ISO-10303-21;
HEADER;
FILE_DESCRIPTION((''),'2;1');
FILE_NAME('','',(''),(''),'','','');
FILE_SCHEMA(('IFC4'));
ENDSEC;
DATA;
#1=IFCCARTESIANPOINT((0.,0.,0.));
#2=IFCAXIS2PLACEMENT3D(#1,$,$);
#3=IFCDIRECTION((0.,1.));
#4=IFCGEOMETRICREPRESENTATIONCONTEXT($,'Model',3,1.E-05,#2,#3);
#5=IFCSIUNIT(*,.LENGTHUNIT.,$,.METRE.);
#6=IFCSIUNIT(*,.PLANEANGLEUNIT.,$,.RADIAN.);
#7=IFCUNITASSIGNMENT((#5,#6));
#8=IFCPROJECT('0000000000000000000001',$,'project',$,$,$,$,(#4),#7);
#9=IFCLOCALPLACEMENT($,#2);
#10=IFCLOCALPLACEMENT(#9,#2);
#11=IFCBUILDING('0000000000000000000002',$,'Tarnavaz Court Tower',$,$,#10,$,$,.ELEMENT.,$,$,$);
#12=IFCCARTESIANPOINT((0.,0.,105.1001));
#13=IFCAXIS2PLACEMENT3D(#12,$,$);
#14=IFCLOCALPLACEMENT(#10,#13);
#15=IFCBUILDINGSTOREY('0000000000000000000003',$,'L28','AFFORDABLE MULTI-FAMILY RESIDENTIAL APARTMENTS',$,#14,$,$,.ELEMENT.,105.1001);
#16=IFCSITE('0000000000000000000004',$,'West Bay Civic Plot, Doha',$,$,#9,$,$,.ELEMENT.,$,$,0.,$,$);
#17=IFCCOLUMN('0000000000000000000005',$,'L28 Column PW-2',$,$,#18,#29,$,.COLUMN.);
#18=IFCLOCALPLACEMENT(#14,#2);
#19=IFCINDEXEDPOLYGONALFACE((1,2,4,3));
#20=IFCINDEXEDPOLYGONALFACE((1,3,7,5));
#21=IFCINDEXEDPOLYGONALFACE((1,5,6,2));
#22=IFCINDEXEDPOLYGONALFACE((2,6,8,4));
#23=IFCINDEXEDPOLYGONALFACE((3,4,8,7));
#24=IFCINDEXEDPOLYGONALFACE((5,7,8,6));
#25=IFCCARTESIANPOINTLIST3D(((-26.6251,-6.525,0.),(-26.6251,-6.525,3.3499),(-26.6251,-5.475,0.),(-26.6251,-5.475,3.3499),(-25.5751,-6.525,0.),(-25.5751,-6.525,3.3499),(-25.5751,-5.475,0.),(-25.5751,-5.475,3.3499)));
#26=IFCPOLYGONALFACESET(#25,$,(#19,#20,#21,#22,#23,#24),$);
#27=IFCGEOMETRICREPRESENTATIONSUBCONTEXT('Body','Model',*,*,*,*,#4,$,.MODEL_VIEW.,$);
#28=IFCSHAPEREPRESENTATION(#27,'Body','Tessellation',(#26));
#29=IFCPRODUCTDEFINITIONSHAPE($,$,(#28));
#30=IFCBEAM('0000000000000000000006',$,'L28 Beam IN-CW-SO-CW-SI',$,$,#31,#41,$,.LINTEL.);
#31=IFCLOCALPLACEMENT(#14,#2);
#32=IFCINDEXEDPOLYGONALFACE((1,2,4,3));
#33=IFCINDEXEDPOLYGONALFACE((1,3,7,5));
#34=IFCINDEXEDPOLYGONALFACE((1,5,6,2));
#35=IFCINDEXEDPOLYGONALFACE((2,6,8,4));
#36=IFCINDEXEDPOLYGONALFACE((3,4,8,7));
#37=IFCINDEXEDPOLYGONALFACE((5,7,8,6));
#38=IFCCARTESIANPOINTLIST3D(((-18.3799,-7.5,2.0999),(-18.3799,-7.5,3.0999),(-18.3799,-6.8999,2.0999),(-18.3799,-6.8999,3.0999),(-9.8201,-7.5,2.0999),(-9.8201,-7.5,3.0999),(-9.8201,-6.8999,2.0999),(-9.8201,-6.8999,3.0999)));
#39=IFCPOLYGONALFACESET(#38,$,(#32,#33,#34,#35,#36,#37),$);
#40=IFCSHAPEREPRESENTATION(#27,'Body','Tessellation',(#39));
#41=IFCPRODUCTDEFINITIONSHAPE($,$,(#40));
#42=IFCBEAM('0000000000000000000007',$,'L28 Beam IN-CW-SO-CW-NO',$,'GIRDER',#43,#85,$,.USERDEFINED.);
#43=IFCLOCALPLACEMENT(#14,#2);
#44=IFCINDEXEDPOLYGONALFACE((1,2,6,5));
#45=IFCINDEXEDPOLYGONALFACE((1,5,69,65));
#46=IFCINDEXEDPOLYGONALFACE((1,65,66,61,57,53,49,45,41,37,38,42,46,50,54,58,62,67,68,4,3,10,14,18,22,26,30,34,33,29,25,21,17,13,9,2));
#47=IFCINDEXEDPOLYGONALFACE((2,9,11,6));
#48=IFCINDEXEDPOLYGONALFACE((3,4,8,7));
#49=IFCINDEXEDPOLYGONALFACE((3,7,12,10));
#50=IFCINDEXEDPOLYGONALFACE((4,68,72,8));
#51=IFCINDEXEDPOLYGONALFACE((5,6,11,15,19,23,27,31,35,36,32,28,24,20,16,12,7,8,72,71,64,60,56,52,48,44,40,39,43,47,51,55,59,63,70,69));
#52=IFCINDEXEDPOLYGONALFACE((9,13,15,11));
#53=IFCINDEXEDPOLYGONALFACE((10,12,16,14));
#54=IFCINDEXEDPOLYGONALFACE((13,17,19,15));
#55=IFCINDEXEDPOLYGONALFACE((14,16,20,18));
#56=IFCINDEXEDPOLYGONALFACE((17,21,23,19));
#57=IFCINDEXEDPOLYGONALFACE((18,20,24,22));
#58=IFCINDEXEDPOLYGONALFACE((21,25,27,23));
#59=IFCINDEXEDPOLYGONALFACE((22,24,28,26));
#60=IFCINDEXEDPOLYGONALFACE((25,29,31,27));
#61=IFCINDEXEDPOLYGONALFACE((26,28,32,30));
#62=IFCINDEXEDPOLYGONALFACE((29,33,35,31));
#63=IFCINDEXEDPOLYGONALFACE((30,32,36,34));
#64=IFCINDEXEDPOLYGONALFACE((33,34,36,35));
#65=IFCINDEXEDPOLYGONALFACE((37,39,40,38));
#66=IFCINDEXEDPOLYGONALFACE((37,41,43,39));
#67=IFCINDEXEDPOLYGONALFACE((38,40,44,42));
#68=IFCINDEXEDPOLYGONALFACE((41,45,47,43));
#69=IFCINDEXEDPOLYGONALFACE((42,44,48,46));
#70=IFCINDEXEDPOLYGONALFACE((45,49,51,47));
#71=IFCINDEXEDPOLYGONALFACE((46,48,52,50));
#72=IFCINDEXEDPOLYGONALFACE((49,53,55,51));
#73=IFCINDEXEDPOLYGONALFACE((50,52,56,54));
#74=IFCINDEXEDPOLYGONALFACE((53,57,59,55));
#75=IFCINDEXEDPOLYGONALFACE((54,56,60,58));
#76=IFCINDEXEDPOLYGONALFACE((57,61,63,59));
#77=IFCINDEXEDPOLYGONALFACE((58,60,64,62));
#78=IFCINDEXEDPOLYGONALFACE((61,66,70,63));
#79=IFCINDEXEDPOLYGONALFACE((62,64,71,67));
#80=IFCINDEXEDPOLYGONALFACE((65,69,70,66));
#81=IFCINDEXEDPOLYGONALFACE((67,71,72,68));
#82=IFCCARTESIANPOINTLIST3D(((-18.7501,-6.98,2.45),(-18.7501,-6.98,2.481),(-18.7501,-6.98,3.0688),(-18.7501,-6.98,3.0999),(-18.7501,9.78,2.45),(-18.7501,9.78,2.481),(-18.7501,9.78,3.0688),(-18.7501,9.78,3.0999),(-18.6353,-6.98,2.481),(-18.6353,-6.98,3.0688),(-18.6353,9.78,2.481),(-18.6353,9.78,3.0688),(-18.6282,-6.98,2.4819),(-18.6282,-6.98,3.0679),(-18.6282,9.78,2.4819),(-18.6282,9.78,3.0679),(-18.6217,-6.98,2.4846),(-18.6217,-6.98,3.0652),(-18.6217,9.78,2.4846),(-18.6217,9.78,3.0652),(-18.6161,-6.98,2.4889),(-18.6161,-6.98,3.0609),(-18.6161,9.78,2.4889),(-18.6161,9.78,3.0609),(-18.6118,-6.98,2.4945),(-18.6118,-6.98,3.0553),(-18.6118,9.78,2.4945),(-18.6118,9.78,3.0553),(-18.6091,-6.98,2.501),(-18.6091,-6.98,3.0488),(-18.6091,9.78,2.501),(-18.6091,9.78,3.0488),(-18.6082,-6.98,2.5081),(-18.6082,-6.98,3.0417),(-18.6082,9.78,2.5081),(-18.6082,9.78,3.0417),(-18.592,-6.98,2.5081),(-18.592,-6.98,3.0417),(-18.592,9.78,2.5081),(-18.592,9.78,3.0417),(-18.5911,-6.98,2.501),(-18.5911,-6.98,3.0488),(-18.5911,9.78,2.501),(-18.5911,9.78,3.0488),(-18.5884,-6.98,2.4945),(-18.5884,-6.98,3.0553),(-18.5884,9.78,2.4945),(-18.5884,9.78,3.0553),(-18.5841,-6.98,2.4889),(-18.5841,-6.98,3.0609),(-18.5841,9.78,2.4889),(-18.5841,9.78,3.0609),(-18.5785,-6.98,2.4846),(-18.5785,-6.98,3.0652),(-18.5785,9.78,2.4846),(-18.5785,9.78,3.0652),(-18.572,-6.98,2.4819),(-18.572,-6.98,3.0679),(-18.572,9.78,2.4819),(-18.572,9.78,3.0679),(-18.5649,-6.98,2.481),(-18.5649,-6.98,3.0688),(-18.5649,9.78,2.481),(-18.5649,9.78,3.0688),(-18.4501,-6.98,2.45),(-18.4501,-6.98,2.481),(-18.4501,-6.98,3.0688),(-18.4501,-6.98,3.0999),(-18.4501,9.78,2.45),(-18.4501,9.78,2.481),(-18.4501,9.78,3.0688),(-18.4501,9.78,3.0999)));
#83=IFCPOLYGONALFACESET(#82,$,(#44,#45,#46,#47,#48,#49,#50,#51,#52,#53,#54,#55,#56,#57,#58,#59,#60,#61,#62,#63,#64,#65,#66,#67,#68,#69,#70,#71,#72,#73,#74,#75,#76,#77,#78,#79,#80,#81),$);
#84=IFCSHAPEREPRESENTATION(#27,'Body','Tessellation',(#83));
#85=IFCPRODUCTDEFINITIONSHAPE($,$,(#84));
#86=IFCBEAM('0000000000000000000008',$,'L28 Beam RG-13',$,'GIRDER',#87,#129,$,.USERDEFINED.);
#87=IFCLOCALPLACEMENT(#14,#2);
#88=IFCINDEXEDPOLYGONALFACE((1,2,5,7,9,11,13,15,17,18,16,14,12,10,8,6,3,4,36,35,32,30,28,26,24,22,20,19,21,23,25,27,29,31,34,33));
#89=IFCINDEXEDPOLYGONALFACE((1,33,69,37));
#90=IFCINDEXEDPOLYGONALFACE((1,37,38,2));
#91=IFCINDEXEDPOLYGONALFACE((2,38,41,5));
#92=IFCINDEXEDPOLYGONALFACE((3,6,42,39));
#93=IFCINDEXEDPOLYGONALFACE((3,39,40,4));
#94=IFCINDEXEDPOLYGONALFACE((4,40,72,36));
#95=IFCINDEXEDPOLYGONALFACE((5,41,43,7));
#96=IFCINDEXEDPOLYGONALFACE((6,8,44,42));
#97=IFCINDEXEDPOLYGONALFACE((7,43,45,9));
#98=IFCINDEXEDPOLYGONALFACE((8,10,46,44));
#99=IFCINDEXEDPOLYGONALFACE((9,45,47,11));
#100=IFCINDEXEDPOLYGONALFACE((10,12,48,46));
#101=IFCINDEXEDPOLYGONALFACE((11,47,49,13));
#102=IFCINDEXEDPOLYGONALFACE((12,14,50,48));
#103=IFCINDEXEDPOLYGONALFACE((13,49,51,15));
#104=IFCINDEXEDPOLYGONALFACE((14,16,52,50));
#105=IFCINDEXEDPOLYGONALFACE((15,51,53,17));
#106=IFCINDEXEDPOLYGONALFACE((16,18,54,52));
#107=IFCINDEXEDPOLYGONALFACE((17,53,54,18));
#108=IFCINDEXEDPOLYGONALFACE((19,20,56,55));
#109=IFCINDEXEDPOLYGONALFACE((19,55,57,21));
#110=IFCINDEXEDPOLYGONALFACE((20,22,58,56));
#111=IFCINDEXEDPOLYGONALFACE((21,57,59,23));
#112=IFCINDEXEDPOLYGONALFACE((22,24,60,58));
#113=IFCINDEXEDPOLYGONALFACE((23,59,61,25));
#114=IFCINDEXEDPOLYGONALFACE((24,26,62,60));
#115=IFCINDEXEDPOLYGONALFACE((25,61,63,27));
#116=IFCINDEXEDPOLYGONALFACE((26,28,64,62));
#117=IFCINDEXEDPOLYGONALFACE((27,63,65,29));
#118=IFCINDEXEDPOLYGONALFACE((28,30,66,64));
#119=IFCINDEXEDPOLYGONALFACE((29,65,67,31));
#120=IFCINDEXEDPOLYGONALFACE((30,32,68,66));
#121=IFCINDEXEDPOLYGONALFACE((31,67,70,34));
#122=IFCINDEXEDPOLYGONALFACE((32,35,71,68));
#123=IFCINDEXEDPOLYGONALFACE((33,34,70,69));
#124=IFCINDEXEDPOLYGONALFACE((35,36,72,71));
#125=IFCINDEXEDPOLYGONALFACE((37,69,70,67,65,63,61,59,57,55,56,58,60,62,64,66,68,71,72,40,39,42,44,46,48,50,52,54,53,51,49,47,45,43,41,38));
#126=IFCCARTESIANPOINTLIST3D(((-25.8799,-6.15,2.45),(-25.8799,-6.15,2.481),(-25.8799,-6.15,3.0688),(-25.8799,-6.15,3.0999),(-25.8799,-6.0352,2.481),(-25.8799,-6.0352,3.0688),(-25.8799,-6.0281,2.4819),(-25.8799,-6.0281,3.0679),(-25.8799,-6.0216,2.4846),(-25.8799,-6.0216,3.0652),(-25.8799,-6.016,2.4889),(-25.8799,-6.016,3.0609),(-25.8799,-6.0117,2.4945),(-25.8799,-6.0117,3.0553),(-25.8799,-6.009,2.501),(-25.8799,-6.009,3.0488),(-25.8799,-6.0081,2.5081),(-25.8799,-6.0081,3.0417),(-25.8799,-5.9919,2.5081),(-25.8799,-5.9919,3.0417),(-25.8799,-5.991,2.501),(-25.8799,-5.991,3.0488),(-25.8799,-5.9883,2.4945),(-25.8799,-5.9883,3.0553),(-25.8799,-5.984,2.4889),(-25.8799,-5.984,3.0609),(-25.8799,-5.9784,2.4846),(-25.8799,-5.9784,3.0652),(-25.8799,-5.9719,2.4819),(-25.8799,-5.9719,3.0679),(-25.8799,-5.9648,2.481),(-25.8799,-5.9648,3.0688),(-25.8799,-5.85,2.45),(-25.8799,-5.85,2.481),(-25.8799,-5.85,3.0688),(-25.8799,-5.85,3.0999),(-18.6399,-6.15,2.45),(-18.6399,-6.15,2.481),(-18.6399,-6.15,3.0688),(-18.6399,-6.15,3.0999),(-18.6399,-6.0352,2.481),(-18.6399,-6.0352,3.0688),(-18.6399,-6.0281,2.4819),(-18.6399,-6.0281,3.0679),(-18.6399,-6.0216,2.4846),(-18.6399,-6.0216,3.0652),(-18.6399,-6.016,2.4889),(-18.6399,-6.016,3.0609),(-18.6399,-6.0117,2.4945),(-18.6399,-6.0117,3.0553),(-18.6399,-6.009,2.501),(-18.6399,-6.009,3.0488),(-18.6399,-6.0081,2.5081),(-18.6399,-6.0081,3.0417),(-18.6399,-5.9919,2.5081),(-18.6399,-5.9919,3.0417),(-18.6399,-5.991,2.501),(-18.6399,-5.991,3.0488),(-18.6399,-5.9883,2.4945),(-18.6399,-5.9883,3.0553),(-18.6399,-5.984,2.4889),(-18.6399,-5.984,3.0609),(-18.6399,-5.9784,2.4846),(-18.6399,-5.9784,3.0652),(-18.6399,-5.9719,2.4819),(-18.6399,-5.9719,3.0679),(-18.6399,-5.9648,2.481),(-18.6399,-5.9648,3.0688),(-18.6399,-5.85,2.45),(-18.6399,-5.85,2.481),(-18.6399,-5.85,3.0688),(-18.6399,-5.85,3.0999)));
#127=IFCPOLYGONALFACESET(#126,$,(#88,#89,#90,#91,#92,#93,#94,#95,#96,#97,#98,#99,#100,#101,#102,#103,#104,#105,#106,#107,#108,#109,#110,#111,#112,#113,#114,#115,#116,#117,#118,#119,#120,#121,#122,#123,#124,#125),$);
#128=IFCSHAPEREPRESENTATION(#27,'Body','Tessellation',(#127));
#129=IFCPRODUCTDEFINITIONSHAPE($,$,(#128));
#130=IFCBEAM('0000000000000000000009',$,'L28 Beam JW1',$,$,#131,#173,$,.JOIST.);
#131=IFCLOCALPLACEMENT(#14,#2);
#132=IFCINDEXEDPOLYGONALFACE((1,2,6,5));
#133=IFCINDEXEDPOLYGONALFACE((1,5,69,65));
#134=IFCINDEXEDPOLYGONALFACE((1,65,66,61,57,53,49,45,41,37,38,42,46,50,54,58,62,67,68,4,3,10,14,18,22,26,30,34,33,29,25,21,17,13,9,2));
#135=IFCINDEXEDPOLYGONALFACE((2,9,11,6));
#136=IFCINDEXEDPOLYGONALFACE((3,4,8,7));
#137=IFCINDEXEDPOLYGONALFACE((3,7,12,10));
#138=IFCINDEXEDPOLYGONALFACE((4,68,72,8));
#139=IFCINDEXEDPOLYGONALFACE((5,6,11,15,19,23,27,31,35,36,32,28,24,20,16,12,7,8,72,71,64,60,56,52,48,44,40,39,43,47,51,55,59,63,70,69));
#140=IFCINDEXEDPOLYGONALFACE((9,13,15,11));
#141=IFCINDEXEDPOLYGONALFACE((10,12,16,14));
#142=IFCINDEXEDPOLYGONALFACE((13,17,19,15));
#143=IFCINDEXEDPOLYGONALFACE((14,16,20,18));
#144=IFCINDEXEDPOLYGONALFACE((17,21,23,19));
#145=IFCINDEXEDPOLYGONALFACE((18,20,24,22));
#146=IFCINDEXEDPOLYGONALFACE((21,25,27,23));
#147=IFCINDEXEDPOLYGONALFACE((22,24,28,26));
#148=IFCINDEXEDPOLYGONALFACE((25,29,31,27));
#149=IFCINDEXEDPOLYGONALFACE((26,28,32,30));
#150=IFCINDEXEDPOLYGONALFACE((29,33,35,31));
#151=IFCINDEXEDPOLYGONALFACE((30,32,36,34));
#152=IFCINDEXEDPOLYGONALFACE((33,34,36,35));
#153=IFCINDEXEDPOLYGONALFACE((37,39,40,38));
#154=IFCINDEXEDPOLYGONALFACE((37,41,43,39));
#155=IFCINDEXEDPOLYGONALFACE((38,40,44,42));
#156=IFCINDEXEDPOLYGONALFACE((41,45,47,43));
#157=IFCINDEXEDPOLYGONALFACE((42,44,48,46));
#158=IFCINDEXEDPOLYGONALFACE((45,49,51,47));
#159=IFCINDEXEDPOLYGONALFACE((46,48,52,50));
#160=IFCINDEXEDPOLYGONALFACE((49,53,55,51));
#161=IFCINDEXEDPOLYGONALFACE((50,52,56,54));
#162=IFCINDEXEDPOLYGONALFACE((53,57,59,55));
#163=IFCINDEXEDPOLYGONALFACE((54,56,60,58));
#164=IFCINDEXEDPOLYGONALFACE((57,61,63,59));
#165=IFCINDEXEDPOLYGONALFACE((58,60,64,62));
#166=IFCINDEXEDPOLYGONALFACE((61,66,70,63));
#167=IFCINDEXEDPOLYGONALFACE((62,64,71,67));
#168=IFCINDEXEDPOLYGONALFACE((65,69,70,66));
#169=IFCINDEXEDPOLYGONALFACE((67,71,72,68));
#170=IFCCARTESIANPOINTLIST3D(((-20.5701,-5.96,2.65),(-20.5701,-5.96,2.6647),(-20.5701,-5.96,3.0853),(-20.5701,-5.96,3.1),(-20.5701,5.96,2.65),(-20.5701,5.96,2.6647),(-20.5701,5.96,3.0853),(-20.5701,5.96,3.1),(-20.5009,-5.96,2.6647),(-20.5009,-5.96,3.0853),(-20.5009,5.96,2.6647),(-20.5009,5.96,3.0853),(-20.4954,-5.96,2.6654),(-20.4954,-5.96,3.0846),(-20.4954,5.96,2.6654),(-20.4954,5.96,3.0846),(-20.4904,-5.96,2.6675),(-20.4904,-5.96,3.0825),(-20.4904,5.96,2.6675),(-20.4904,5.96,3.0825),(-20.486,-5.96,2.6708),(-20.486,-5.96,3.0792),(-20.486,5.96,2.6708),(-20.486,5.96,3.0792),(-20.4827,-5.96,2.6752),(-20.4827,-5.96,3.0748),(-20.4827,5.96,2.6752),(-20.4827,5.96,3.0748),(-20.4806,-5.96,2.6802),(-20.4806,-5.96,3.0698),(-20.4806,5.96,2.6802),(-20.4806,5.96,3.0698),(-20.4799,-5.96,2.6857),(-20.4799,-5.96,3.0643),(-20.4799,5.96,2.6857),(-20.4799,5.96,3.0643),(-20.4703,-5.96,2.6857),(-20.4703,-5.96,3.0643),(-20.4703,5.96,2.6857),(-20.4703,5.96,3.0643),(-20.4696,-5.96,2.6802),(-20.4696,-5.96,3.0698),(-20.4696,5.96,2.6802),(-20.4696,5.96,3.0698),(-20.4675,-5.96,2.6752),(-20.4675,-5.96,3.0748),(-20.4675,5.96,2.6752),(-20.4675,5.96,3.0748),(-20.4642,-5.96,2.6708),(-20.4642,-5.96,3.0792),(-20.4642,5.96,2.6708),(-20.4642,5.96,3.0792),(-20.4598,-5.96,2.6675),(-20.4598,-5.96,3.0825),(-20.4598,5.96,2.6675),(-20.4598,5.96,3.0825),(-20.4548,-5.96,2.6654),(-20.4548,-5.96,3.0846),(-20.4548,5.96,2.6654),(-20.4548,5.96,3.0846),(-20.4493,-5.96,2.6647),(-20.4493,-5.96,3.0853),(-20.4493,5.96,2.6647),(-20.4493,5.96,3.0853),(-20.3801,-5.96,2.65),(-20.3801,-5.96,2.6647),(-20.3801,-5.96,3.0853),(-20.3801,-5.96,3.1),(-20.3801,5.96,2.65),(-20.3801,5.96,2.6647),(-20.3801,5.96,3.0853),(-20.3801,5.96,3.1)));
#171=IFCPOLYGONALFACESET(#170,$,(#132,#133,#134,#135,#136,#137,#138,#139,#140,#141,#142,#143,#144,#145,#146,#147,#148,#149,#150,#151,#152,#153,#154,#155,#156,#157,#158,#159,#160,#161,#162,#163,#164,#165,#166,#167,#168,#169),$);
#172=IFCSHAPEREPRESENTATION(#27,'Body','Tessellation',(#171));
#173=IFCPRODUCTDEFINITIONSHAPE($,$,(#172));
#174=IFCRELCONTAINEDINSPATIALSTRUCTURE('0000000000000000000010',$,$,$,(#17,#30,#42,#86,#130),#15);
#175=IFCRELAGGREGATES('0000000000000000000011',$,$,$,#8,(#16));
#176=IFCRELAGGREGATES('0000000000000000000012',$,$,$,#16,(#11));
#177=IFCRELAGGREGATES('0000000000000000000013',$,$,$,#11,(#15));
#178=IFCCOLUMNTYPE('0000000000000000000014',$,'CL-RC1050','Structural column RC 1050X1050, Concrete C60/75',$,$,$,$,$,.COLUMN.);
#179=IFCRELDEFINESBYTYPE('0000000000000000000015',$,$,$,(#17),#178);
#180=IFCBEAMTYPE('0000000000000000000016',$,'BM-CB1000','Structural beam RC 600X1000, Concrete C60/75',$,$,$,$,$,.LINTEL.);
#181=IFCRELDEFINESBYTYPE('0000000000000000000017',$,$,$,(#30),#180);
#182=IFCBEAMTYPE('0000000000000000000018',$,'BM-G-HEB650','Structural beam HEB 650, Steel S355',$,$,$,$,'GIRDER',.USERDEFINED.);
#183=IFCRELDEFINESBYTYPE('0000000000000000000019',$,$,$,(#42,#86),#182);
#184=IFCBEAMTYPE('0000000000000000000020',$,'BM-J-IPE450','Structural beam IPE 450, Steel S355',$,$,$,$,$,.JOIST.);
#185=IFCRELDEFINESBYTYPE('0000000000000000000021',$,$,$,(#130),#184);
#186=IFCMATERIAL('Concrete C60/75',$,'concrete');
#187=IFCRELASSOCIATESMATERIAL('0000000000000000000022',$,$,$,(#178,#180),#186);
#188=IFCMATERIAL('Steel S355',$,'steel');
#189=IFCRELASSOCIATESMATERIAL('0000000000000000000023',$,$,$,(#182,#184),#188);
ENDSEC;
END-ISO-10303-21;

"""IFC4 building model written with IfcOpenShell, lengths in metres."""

from ifc_helpers import new_model, si_unit, direction, frame, origin, origin_2d, place, context, subcontext, project, spatial, rectangle, i_section, extrude, material, material_profile, profile_set, type_object, element, save


model = new_model("IFC4")

# Units and contexts
model_context = context("Model", 3, precision=1e-05, world=origin(), true_north=direction((0.0, 1.0)))
body_context = subcontext(model_context, "Body", "Model", "MODEL_VIEW")
ifc_project = project(units=[si_unit("LENGTHUNIT", "METRE"), si_unit("PLANEANGLEUNIT", "RADIAN")], contexts=[model_context])

# Site, building, storey
site_placement = place(None, origin())
site = spatial("IfcSite", under=ifc_project, at=site_placement, Name="West Bay Civic Plot, Doha", CompositionType="ELEMENT", RefElevation=0.0)
building_placement = place(site_placement, origin())
building = spatial("IfcBuilding", under=site, at=building_placement, Name="Tarnavaz Court Tower", CompositionType="ELEMENT")
storey_placement = place(building_placement, frame((0.0, 0.0, 105.1001)))
storey = spatial("IfcBuildingStorey", under=building, at=storey_placement, Name="L28", Description="AFFORDABLE MULTI-FAMILY RESIDENTIAL APARTMENTS", CompositionType="ELEMENT", Elevation=105.1001)

# Column
ifc_material_1 = material(Name="Concrete C60/75", Category="concrete")
ifc_material_profile_1 = material_profile(ifc_material_1, rectangle(XDim=1.05, YDim=1.05, at=origin_2d()), Name="RC 1050X1050")
ifc_profile_set_1 = profile_set([ifc_material_profile_1], Name="Concrete C60/75")
column_type = type_object("IfcColumnType", Name="CL-RC1050", Description="Structural column RC 1050X1050, Concrete C60/75", PredefinedType="COLUMN", material=ifc_profile_set_1)
column_placement = place(storey_placement, frame((-26.1001, -6.0, 0.0), z_axis=(0.0, 0.0, 1.0), x_axis=(1.0, 0.0, 0.0)))
element("IfcColumn", 1, at=column_placement, inside=storey, type_object=column_type, Name="L28 Column PW-2", PredefinedType="COLUMN", context=body_context, shape_type="SweptSolid", body=[
    extrude(rectangle(XDim=1.05, YDim=1.05, at=origin_2d()), origin(), (0.0, 0.0, 1.0), 3.3499),
])

# Beams
ifc_material_profile_2 = material_profile(ifc_material_1, rectangle(XDim=0.6001, YDim=1.0, at=origin_2d()), Name="RC 600X1000")
ifc_profile_set_2 = profile_set([ifc_material_profile_2], Name="Concrete C60/75")
beam_type_1 = type_object("IfcBeamType", Name="BM-CB1000", Description="Structural beam RC 600X1000, Concrete C60/75", PredefinedType="LINTEL", material=ifc_profile_set_2)
beam_1_placement = place(storey_placement, frame((-18.3799, -7.2, 2.5999), z_axis=(1.0, 0.0, 0.0), x_axis=(0.0, 1.0, 0.0)))
element("IfcBeam", 2, at=beam_1_placement, inside=storey, type_object=beam_type_1, Name="L28 Beam IN-CW-SO-CW-SI", PredefinedType="LINTEL", context=body_context, shape_type="SweptSolid", body=[
    extrude(rectangle(XDim=0.6001, YDim=1.0, at=origin_2d()), origin(), (0.0, 0.0, 1.0), 8.5598),
])
ifc_material_2 = material(Name="Steel S355", Category="steel")
ifc_material_profile_3 = material_profile(ifc_material_2, i_section(OverallWidth=0.3, OverallDepth=0.6499, WebThickness=0.0161, FlangeThickness=0.031, FilletRadius=0.0271, at=origin_2d()), Name="HEB 650")
ifc_profile_set_3 = profile_set([ifc_material_profile_3], Name="Steel S355")
beam_type_2 = type_object("IfcBeamType", Name="BM-G-HEB650", Description="Structural beam HEB 650, Steel S355", ElementType="GIRDER", PredefinedType="USERDEFINED", material=ifc_profile_set_3)
beam_2_placement = place(storey_placement, frame((-18.6001, -6.98, 2.7749), z_axis=(0.0, 1.0, 0.0), x_axis=(-1.0, 0.0, 0.0)))
element("IfcBeam", 3, at=beam_2_placement, inside=storey, type_object=beam_type_2, Name="L28 Beam IN-CW-SO-CW-NO", ObjectType="GIRDER", PredefinedType="USERDEFINED", context=body_context, shape_type="SweptSolid", body=[
    extrude(i_section(OverallWidth=0.3, OverallDepth=0.6499, WebThickness=0.0161, FlangeThickness=0.031, FilletRadius=0.0271, at=origin_2d()), origin(), (0.0, 0.0, 1.0), 16.76),
])
beam_3_placement = place(storey_placement, frame((-18.6399, -6.0, 2.7749), z_axis=(-1.0, 0.0, 0.0), x_axis=(0.0, -1.0, 0.0)))
element("IfcBeam", 4, at=beam_3_placement, inside=storey, type_object=beam_type_2, Name="L28 Beam RG-13", ObjectType="GIRDER", PredefinedType="USERDEFINED", context=body_context, shape_type="SweptSolid", body=[
    extrude(i_section(OverallWidth=0.3, OverallDepth=0.6499, WebThickness=0.0161, FlangeThickness=0.031, FilletRadius=0.0271, at=origin_2d()), origin(), (0.0, 0.0, 1.0), 7.24),
])
ifc_material_profile_4 = material_profile(ifc_material_2, i_section(OverallWidth=0.1899, OverallDepth=0.45, WebThickness=0.0095, FlangeThickness=0.0146, FilletRadius=0.021, at=origin_2d()), Name="IPE 450")
ifc_profile_set_4 = profile_set([ifc_material_profile_4], Name="Steel S355")
beam_type_3 = type_object("IfcBeamType", Name="BM-J-IPE450", Description="Structural beam IPE 450, Steel S355", PredefinedType="JOIST", material=ifc_profile_set_4)
for number, where, z_axis, x_axis, name in (
    (5, (-20.4751, -5.96, 2.875), (0.0, 1.0, 0.0), (-1.0, 0.0, 0.0), "L28 Beam JW1"),
):
    element("IfcBeam", number, at=place(storey_placement, frame(where, z_axis=z_axis, x_axis=x_axis)), inside=storey, type_object=beam_type_3, Name=name, PredefinedType="JOIST", context=body_context, shape_type="SweptSolid", body=[
        extrude(i_section(OverallWidth=0.1899, OverallDepth=0.45, WebThickness=0.0095, FlangeThickness=0.0146, FilletRadius=0.021, at=origin_2d()), origin(), (0.0, 0.0, 1.0), 11.9199),
    ])

save(model, "model.ifc")
